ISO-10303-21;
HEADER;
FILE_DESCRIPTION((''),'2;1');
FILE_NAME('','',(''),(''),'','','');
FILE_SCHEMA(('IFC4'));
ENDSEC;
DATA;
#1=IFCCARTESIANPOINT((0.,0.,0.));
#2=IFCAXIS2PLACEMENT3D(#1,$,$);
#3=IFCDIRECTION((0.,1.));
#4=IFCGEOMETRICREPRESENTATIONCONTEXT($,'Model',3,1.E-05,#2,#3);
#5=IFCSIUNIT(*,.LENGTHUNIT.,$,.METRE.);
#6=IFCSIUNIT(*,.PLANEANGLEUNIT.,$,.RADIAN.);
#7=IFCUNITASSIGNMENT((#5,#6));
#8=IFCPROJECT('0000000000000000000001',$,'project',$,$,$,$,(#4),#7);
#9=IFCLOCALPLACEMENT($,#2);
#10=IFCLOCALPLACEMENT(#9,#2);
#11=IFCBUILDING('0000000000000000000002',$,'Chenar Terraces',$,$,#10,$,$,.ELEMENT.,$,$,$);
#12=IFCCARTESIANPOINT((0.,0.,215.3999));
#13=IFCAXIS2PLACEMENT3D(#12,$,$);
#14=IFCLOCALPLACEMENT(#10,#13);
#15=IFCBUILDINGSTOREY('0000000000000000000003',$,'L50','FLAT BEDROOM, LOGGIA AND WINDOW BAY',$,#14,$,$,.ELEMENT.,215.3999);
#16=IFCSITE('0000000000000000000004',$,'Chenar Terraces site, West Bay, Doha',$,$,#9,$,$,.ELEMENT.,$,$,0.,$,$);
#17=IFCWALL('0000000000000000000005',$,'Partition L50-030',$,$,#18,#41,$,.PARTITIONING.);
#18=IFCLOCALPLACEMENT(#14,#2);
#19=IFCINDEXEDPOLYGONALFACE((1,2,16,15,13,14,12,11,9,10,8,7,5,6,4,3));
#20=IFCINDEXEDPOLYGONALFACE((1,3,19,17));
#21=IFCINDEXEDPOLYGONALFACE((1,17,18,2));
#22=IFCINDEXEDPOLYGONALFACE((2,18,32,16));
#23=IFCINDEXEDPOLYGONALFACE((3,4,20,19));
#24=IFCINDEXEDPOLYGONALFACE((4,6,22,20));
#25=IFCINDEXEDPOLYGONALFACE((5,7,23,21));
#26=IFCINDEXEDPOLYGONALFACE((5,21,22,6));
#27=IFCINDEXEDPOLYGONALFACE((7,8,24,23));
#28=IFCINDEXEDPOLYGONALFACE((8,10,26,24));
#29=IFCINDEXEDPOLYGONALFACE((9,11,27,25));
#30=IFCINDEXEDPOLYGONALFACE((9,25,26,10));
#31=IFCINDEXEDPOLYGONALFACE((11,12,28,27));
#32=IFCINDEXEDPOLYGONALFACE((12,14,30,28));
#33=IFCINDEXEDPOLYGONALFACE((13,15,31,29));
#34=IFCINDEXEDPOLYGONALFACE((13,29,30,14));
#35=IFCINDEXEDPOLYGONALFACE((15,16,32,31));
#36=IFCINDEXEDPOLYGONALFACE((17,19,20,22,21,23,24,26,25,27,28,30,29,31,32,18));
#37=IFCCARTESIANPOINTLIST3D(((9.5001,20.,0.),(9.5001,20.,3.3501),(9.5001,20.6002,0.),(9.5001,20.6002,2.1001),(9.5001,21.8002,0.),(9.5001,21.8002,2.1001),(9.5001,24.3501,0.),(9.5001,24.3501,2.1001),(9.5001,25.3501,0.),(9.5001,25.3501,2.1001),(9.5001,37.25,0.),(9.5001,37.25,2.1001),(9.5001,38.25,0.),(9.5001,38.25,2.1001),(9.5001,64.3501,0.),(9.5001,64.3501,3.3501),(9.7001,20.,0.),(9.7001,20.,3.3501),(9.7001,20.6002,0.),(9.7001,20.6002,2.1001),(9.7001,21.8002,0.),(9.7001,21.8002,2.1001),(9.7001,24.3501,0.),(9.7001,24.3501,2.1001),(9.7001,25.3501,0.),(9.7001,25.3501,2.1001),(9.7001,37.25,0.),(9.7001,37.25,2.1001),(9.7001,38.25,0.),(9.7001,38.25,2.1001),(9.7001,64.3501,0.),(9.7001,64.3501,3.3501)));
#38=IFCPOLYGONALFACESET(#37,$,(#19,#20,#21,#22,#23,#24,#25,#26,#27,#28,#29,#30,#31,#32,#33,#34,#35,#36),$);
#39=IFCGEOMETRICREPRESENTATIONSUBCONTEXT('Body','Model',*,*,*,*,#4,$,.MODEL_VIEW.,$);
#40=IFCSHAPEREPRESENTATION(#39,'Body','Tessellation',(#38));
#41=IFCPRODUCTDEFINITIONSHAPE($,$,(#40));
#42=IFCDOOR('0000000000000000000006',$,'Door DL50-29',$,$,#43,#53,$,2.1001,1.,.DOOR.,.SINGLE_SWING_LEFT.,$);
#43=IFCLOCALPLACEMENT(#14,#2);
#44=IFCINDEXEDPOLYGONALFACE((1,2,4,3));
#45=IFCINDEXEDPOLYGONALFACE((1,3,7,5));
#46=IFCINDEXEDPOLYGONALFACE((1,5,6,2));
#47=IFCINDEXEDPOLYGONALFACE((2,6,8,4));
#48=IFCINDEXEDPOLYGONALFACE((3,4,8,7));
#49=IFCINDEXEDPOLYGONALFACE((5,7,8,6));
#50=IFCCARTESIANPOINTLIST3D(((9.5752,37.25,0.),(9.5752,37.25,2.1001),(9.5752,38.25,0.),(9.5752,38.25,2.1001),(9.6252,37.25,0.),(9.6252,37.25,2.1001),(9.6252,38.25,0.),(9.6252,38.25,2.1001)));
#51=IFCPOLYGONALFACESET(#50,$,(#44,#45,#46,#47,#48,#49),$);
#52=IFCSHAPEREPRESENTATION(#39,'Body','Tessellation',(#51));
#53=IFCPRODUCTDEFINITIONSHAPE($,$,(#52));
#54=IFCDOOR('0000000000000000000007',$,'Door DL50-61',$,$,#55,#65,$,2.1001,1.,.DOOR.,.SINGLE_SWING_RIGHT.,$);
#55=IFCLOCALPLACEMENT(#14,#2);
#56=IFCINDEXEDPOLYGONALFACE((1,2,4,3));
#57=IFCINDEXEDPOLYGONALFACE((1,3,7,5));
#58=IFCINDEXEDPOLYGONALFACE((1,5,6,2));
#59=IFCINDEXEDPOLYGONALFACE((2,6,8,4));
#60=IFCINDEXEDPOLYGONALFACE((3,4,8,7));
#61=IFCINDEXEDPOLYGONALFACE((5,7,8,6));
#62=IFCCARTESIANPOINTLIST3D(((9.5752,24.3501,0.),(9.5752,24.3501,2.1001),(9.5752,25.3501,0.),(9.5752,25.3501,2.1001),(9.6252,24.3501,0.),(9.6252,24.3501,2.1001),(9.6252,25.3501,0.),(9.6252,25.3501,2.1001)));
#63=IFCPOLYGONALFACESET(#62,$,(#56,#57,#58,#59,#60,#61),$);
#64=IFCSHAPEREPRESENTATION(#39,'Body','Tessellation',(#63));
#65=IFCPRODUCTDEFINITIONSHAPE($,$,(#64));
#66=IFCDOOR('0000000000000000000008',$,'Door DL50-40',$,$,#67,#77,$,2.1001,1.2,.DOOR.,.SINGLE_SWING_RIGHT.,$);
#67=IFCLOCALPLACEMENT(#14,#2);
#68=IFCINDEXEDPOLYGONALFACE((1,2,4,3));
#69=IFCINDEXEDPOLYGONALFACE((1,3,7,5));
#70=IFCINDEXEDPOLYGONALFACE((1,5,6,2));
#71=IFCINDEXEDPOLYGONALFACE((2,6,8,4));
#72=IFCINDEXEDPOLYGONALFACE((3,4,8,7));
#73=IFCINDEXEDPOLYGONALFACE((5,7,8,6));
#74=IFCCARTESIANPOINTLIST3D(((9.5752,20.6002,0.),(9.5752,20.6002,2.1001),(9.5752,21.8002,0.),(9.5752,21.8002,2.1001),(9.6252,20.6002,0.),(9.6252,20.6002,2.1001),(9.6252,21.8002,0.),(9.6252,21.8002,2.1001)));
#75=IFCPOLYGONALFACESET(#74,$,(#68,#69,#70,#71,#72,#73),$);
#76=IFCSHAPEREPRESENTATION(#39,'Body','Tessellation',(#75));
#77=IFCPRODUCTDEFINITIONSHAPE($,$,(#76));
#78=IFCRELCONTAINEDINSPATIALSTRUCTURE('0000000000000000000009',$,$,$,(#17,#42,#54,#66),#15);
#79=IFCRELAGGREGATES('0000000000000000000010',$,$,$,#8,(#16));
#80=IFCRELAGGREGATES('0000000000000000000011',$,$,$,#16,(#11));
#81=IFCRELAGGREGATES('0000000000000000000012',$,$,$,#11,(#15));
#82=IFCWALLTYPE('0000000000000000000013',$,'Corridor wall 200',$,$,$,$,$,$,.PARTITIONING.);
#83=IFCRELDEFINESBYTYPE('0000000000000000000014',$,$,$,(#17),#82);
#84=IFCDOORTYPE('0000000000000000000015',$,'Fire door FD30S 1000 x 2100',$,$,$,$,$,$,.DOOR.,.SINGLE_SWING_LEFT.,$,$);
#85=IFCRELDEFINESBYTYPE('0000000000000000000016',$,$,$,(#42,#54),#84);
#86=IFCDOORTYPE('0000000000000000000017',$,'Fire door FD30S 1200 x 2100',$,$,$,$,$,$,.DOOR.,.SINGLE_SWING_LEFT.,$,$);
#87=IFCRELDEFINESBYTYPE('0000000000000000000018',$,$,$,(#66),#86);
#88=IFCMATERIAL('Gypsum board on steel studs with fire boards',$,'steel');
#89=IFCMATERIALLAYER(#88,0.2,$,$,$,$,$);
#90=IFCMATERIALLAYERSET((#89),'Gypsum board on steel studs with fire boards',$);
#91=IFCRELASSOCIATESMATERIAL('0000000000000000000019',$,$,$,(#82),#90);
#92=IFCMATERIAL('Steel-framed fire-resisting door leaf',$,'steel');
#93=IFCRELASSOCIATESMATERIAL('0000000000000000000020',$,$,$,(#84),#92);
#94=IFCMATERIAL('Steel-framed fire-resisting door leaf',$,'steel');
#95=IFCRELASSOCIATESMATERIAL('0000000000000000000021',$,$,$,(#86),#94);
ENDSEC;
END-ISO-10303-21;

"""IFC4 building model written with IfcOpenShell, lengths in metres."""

from ifc_helpers import new_model, si_unit, direction, frame, frame_2d, origin, place, context, subcontext, project, spatial, rectangle, extrude, material, layer, layer_set, type_object, element, fill, save


model = new_model("IFC4")

# Units and contexts
model_context = context("Model", 3, precision=1e-05, world=origin(), true_north=direction((0.0, 1.0)))
body_context = subcontext(model_context, "Body", "Model", "MODEL_VIEW")
ifc_project = project(units=[si_unit("LENGTHUNIT", "METRE"), si_unit("PLANEANGLEUNIT", "RADIAN")], contexts=[model_context])

# Site, building, storey
site_placement = place(None, origin())
site = spatial("IfcSite", under=ifc_project, at=site_placement, Name="Chenar Terraces site, West Bay, Doha", CompositionType="ELEMENT", RefElevation=0.0)
building_placement = place(site_placement, origin())
building = spatial("IfcBuilding", under=site, at=building_placement, Name="Chenar Terraces", CompositionType="ELEMENT")
storey_placement = place(building_placement, frame((0.0, 0.0, 215.3999)))
storey = spatial("IfcBuildingStorey", under=building, at=storey_placement, Name="L50", Description="FLAT BEDROOM, LOGGIA AND WINDOW BAY", CompositionType="ELEMENT", Elevation=215.3999)

# Wall, openings, doors
ifc_material_1 = material(Name="Gypsum board on steel studs with fire boards", Category="steel")
ifc_layer_1 = layer(ifc_material_1, 0.2)
ifc_layer_set_1 = layer_set([ifc_layer_1], Name="Gypsum board on steel studs with fire boards")
wall_type_1 = type_object("IfcWallType", Name="Corridor wall 200", PredefinedType="PARTITIONING", material=ifc_layer_set_1)
wall_1_placement = place(storey_placement, frame((9.6001, 20.0, 0.0), z_axis=(0.0, 0.0, 1.0), x_axis=(0.0, 1.0, 0.0)))
wall_1 = element("IfcWall", 1, at=wall_1_placement, inside=storey, type_object=wall_type_1, Name="Partition L50-030", PredefinedType="PARTITIONING", context=body_context, shape_type="SweptSolid", body=[
    extrude(rectangle(XDim=44.3501, YDim=0.2, at=frame_2d((22.175, 0.0))), origin(), (0.0, 0.0, 1.0), 3.3501),
])
opening_1_placement = place(wall_1_placement, frame((17.25, 0.0, 0.0)))
opening_1 = element("IfcOpeningElement", 2, at=opening_1_placement, cuts=wall_1, PredefinedType="OPENING", context=body_context, shape_type="SweptSolid", body=[
    extrude(rectangle(XDim=1.0, YDim=2.1001, at=frame_2d((0.5, 1.05))), frame((0.0, 0.1099, 0.0), z_axis=(0.0, -1.0, 0.0), x_axis=(1.0, 0.0, 0.0)), (0.0, 0.0, 1.0), 0.22),
])
opening_2_placement = place(wall_1_placement, frame((0.6001, 0.0, 0.0)))
opening_2 = element("IfcOpeningElement", 3, at=opening_2_placement, cuts=wall_1, PredefinedType="OPENING", context=body_context, shape_type="SweptSolid", body=[
    extrude(rectangle(XDim=1.2, YDim=2.1001, at=frame_2d((0.6001, 1.05))), frame((0.0, 0.1099, 0.0), z_axis=(0.0, -1.0, 0.0), x_axis=(1.0, 0.0, 0.0)), (0.0, 0.0, 1.0), 0.22),
])
opening_3_placement = place(wall_1_placement, frame((4.3501, 0.0, 0.0)))
opening_3 = element("IfcOpeningElement", 4, at=opening_3_placement, cuts=wall_1, PredefinedType="OPENING", context=body_context, shape_type="SweptSolid", body=[
    extrude(rectangle(XDim=1.0, YDim=2.1001, at=frame_2d((0.5, 1.05))), frame((0.0, 0.1099, 0.0), z_axis=(0.0, -1.0, 0.0), x_axis=(1.0, 0.0, 0.0)), (0.0, 0.0, 1.0), 0.22),
])
ifc_material_2 = material(Name="Steel-framed fire-resisting door leaf", Category="steel")
door_type_1 = type_object("IfcDoorType", Name="Fire door FD30S 1000 x 2100", OperationType="SINGLE_SWING_LEFT", PredefinedType="DOOR", material=ifc_material_2)
door_1_placement = place(opening_1_placement, origin())
door_1 = element("IfcDoor", 5, at=door_1_placement, inside=storey, type_object=door_type_1, Name="Door DL50-29", OperationType="SINGLE_SWING_LEFT", OverallHeight=2.1001, OverallWidth=1.0, PredefinedType="DOOR", context=body_context, shape_type="SweptSolid", body=[
    extrude(rectangle(XDim=1.0, YDim=2.1001, at=frame_2d((0.5, 1.05))), frame((0.0, 0.0249, 0.0), z_axis=(0.0, -1.0, 0.0), x_axis=(1.0, 0.0, 0.0)), (0.0, 0.0, 1.0), 0.05),
])
fill(opening_1, door_1)
door_2_placement = place(opening_3_placement, origin())
door_2 = element("IfcDoor", 6, at=door_2_placement, inside=storey, type_object=door_type_1, Name="Door DL50-61", OperationType="SINGLE_SWING_RIGHT", OverallHeight=2.1001, OverallWidth=1.0, PredefinedType="DOOR", context=body_context, shape_type="SweptSolid", body=[
    extrude(rectangle(XDim=1.0, YDim=2.1001, at=frame_2d((0.5, 1.05))), frame((0.0, 0.0249, 0.0), z_axis=(0.0, -1.0, 0.0), x_axis=(1.0, 0.0, 0.0)), (0.0, 0.0, 1.0), 0.05),
])
fill(opening_3, door_2)
ifc_material_3 = material(Name="Steel-framed fire-resisting door leaf", Category="steel")
door_type_2 = type_object("IfcDoorType", Name="Fire door FD30S 1200 x 2100", OperationType="SINGLE_SWING_LEFT", PredefinedType="DOOR", material=ifc_material_3)
door_3_placement = place(opening_2_placement, origin())
door_3 = element("IfcDoor", 7, at=door_3_placement, inside=storey, type_object=door_type_2, Name="Door DL50-40", OperationType="SINGLE_SWING_RIGHT", OverallHeight=2.1001, OverallWidth=1.2, PredefinedType="DOOR", context=body_context, shape_type="SweptSolid", body=[
    extrude(rectangle(XDim=1.2, YDim=2.1001, at=frame_2d((0.6001, 1.05))), frame((0.0, 0.0249, 0.0), z_axis=(0.0, -1.0, 0.0), x_axis=(1.0, 0.0, 0.0)), (0.0, 0.0, 1.0), 0.05),
])
fill(opening_2, door_3)

save(model, "model.ifc")
